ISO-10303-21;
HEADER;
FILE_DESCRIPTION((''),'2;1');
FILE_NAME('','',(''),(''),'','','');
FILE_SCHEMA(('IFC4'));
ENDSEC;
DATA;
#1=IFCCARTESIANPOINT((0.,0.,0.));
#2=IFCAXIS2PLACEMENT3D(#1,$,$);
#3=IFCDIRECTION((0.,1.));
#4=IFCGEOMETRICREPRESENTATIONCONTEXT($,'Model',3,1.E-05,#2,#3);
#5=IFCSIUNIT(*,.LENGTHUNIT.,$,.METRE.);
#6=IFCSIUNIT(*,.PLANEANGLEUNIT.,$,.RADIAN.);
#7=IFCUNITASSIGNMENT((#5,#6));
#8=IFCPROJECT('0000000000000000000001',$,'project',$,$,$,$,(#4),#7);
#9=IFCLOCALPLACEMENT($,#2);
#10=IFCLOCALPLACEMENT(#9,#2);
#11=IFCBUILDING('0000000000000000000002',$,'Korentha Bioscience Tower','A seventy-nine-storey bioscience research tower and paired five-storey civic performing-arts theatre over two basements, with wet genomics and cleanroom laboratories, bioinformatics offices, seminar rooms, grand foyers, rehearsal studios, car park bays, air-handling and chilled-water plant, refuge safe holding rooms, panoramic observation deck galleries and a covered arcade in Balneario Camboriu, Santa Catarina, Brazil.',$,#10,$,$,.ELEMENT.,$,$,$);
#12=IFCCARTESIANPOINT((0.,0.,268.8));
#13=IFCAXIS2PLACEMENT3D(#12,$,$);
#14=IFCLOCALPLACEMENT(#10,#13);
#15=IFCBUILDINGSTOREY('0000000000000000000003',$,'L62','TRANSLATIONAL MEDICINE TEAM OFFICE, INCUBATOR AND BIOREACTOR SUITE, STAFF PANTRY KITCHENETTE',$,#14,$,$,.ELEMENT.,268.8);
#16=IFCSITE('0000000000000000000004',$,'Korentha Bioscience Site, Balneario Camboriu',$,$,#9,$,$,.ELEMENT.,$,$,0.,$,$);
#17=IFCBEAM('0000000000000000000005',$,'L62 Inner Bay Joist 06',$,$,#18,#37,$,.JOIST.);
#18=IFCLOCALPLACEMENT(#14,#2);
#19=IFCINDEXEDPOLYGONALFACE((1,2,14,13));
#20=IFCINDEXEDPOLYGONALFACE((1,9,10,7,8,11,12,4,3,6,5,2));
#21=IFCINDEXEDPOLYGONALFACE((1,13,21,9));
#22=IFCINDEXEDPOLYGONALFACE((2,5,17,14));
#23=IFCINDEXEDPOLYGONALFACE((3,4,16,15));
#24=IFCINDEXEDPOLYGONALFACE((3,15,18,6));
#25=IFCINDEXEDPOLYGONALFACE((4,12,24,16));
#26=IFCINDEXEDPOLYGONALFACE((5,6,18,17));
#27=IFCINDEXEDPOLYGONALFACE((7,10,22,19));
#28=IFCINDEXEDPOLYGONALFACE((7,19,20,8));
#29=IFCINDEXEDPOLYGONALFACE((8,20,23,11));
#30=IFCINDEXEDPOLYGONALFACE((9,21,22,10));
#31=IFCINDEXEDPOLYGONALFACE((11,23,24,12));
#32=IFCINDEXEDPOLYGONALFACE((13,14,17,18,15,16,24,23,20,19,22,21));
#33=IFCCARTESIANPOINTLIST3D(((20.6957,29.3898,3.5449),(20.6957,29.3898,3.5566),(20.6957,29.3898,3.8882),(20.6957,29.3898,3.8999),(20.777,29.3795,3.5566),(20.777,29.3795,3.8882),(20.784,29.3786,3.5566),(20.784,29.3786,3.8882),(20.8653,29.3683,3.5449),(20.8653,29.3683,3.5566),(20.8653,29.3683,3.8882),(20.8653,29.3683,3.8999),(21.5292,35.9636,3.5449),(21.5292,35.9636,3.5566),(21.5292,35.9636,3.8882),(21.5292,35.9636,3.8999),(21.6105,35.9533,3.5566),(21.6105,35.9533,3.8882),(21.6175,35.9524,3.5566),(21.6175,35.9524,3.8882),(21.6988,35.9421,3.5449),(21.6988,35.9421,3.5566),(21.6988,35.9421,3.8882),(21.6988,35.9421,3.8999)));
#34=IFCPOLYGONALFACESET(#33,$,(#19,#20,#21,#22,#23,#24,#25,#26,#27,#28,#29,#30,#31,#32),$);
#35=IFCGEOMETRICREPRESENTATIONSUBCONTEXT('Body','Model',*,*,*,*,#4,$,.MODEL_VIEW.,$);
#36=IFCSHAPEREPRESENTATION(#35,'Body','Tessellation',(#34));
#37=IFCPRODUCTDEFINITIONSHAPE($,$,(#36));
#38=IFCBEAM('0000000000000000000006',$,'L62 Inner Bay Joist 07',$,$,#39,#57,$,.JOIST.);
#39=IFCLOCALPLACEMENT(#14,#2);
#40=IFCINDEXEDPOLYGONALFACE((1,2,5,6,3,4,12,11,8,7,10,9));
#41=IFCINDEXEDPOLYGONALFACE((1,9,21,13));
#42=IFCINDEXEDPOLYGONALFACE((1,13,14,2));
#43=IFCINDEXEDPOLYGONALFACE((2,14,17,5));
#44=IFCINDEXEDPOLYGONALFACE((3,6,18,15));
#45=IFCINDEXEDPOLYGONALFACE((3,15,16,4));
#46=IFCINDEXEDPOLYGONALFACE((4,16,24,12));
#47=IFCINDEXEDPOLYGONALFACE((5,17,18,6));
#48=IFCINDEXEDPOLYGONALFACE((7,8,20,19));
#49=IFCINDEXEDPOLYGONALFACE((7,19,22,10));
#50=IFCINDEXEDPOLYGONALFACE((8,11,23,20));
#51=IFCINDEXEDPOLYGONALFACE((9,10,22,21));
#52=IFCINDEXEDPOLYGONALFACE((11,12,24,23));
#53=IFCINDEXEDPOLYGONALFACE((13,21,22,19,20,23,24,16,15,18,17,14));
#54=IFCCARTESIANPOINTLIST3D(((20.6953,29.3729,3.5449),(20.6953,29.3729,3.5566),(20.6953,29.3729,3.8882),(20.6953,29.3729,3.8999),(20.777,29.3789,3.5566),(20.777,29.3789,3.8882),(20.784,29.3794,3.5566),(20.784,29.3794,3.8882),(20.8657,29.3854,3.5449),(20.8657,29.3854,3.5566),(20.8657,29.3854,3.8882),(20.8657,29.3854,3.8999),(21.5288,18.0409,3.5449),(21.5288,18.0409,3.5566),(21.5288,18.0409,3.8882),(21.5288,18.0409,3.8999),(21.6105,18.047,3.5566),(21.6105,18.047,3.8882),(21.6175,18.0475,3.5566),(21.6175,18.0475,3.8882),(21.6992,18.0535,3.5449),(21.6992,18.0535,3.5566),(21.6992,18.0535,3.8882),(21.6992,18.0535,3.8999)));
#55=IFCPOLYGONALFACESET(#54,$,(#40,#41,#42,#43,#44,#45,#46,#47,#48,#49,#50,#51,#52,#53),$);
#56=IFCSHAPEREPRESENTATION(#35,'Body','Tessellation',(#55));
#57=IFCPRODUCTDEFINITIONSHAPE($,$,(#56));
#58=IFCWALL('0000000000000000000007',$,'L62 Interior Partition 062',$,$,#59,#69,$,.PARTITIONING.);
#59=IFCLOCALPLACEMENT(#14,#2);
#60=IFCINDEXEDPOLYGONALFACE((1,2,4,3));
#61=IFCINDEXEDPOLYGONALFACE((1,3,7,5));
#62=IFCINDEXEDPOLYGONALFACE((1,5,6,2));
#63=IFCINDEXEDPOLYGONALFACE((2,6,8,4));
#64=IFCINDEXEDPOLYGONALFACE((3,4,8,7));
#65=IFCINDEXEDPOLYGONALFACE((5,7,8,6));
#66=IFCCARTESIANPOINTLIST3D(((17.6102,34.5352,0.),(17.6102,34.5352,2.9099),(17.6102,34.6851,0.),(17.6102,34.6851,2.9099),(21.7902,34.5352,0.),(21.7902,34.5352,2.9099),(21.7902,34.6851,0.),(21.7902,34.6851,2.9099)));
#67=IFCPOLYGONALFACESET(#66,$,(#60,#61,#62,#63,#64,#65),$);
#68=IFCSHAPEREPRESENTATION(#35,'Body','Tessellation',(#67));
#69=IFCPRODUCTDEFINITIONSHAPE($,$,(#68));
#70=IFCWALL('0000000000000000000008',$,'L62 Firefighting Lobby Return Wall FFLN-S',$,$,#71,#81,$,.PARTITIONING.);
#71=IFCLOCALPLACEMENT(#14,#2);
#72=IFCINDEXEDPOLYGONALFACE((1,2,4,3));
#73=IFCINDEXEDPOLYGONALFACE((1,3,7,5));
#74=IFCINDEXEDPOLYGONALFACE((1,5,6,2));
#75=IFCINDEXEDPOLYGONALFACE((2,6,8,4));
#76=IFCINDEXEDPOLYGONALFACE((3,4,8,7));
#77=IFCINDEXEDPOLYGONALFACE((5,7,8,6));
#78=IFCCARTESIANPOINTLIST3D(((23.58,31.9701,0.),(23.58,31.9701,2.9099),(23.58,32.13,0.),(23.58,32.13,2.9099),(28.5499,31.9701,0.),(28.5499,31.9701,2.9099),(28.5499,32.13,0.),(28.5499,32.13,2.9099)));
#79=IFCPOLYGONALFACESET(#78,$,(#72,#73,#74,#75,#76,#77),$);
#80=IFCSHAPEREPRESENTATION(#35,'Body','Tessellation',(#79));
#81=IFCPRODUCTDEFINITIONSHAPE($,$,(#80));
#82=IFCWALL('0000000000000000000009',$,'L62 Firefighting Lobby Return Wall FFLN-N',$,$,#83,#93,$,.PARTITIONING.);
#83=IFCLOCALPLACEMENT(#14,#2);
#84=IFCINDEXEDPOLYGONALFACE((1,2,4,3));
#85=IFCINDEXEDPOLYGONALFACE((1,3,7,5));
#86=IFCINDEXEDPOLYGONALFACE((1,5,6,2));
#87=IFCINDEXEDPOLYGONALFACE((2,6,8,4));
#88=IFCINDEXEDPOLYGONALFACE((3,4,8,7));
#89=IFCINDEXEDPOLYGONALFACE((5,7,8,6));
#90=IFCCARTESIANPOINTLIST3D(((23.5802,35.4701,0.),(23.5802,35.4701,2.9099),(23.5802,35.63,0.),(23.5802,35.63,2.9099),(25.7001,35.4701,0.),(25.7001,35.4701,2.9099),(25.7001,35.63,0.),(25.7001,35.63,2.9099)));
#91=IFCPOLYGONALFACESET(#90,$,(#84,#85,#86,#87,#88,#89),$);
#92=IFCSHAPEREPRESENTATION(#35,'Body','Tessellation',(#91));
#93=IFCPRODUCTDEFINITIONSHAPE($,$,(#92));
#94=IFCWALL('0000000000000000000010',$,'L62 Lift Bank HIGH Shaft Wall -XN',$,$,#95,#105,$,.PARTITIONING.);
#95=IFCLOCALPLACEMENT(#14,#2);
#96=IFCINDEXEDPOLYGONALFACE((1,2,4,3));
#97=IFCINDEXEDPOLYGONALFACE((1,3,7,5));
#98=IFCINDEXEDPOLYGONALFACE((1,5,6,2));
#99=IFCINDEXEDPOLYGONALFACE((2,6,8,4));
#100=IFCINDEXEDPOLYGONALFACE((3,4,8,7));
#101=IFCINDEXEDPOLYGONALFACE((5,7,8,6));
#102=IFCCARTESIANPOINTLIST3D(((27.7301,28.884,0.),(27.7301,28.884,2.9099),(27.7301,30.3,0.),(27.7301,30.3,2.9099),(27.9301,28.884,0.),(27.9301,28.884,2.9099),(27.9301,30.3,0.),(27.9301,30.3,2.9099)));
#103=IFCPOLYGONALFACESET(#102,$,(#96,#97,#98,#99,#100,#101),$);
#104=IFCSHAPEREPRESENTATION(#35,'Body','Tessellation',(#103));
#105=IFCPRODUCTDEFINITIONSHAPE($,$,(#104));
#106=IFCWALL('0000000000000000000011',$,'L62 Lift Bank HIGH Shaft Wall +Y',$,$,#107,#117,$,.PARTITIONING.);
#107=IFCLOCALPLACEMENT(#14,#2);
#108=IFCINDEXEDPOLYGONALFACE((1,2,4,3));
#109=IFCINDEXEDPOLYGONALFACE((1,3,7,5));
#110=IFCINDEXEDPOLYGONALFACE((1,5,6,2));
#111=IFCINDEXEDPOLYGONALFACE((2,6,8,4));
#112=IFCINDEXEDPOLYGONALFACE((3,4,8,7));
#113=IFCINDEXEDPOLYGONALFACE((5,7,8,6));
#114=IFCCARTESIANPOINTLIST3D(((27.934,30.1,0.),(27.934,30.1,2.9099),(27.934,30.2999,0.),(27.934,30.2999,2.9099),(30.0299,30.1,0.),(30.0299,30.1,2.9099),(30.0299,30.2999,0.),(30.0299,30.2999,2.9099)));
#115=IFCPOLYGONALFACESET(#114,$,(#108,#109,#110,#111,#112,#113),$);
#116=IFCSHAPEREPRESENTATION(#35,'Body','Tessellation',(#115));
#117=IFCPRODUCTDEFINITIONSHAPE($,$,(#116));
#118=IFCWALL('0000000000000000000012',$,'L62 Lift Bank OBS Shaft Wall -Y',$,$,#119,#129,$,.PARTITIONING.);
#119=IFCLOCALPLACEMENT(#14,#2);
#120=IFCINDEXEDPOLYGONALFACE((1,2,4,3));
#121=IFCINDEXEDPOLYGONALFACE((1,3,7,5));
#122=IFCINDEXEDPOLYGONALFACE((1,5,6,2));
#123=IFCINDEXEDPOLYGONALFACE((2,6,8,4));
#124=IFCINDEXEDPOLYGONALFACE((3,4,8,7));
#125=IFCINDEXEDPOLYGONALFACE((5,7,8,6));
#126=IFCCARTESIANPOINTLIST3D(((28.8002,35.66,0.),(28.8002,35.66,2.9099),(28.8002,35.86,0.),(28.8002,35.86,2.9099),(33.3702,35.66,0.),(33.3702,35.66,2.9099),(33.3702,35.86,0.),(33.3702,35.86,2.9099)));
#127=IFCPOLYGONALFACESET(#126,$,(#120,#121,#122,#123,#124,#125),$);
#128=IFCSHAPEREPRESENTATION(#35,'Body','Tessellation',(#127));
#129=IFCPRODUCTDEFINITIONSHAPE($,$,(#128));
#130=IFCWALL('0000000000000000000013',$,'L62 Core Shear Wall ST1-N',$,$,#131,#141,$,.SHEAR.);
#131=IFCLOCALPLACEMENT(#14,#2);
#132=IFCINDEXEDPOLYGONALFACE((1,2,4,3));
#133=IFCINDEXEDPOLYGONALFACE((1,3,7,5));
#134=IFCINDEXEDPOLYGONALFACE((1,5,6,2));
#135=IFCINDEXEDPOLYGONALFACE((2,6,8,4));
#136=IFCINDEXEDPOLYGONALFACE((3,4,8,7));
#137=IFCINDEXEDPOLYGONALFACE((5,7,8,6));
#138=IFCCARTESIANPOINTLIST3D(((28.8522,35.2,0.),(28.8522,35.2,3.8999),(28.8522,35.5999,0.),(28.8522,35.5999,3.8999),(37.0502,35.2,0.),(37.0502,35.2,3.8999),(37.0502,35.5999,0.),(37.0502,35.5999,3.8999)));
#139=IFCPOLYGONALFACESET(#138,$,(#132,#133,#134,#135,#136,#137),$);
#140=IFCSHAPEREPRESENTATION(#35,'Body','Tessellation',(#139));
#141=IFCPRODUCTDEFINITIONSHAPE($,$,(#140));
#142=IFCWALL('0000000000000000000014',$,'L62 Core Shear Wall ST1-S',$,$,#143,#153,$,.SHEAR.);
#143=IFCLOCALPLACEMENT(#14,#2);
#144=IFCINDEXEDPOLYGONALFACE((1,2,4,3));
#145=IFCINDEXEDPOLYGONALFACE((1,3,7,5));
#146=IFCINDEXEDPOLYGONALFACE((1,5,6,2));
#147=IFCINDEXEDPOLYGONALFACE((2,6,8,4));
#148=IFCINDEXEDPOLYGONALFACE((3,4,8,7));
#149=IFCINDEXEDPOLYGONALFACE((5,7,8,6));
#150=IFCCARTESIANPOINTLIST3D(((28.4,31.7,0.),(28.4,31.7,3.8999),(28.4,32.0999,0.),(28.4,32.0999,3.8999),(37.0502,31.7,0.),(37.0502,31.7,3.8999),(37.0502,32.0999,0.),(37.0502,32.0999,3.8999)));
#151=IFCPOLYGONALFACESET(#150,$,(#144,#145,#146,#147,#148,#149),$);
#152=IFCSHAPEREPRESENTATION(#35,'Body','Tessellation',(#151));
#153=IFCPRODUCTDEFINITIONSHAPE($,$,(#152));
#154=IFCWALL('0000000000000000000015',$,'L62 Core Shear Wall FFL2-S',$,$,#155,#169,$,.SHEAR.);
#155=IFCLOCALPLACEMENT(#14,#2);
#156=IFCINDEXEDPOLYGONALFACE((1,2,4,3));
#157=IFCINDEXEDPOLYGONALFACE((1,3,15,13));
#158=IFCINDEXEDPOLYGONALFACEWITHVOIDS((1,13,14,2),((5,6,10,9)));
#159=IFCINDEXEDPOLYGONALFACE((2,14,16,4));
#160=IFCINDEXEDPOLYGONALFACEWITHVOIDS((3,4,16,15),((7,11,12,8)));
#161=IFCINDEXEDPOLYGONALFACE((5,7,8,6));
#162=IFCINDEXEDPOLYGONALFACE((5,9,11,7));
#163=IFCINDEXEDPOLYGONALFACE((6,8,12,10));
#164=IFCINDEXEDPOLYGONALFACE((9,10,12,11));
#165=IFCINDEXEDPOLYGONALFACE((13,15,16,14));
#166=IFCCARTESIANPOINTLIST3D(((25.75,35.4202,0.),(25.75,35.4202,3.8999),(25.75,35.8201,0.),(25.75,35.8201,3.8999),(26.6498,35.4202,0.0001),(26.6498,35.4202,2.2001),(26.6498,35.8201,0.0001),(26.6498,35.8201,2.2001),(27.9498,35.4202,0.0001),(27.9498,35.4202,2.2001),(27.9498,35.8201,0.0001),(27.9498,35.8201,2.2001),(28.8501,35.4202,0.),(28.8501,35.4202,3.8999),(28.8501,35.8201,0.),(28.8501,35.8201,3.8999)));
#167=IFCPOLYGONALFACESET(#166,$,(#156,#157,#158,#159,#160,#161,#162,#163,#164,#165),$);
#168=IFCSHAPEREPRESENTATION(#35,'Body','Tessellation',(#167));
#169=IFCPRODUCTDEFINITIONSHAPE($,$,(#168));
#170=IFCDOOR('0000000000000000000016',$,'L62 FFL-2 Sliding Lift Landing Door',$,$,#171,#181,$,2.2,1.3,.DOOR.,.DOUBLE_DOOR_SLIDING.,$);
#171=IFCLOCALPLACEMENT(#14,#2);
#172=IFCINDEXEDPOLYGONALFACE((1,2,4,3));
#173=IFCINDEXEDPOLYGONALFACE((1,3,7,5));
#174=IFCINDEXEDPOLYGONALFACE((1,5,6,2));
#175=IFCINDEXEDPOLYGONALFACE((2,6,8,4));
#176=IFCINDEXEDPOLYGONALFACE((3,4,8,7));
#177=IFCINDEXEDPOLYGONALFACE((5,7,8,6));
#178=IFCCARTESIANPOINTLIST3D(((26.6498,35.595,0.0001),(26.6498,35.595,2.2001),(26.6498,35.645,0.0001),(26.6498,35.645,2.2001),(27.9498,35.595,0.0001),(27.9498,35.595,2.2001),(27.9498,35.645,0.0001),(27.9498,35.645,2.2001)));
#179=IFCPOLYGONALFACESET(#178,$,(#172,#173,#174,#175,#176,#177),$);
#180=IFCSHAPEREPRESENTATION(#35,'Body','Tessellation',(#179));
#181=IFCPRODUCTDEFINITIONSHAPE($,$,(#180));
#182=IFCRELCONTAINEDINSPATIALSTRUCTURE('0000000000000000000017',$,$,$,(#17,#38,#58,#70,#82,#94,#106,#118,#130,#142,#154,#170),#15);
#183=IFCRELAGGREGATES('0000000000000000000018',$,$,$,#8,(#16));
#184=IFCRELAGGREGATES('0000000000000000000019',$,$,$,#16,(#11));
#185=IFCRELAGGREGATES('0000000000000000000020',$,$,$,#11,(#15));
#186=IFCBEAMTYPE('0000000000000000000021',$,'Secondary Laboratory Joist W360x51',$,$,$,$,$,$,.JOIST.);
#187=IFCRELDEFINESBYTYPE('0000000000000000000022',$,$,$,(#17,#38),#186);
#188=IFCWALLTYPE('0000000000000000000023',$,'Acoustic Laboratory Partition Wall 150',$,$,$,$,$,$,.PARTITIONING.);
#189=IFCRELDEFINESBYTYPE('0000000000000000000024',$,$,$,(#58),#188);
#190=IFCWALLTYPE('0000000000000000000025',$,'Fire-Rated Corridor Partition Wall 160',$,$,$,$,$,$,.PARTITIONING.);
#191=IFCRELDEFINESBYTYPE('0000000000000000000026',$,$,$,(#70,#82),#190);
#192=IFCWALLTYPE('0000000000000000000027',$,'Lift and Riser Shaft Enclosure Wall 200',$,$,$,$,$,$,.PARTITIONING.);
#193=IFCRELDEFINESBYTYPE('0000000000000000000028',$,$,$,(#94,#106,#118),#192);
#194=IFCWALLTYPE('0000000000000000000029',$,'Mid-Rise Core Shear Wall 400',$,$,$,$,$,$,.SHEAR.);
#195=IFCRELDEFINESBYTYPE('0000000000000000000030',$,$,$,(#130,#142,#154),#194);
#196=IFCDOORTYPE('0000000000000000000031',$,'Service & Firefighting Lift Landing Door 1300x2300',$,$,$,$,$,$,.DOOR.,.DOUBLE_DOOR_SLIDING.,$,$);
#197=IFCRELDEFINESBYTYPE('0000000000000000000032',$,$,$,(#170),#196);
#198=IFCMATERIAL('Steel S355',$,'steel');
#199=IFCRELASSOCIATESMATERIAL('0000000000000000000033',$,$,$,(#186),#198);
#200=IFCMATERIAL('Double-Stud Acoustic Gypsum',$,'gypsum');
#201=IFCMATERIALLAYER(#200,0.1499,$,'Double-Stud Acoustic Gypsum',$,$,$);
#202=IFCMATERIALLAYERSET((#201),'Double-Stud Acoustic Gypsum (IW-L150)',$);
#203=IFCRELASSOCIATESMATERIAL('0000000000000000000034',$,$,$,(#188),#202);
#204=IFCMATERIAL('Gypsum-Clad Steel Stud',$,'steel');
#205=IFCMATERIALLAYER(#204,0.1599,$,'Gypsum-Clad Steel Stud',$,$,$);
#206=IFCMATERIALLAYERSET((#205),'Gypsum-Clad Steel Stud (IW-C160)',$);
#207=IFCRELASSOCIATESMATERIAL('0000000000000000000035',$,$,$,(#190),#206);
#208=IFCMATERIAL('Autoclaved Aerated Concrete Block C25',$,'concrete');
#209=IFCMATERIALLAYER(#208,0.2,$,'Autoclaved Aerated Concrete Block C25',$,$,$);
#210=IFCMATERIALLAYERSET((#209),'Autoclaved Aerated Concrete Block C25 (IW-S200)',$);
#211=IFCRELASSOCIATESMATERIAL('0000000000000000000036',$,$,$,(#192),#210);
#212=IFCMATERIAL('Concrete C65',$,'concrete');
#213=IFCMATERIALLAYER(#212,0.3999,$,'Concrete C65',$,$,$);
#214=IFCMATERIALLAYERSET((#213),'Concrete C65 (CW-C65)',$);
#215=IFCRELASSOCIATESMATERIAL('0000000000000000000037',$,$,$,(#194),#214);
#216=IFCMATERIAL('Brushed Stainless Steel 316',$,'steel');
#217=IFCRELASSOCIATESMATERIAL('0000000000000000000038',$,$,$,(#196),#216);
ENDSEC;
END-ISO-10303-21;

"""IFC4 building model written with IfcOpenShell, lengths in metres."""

from ifc_helpers import new_model, si_unit, direction, frame, frame_2d, origin, origin_2d, place, context, subcontext, project, spatial, rectangle, i_section, extrude, material, layer, layer_set, material_profile, profile_set, type_object, element, fill, save


model = new_model("IFC4")

# Units and contexts
model_context = context("Model", 3, precision=1e-05, world=origin(), true_north=direction((0.0, 1.0)))
body_context = subcontext(model_context, "Body", "Model", "MODEL_VIEW")
ifc_project = project(units=[si_unit("LENGTHUNIT", "METRE"), si_unit("PLANEANGLEUNIT", "RADIAN")], contexts=[model_context])

# Site, building, storey
site_placement = place(None, origin())
site = spatial("IfcSite", under=ifc_project, at=site_placement, Name="Korentha Bioscience Site, Balneario Camboriu", CompositionType="ELEMENT", RefElevation=0.0)
building_placement = place(site_placement, origin())
building = spatial("IfcBuilding", under=site, at=building_placement, Name="Korentha Bioscience Tower", Description="A seventy-nine-storey bioscience research tower and paired five-storey civic performing-arts theatre over two basements, with wet genomics and cleanroom laboratories, bioinformatics offices, seminar rooms, grand foyers, rehearsal studios, car park bays, air-handling and chilled-water plant, refuge safe holding rooms, panoramic observation deck galleries and a covered arcade in Balneario Camboriu, Santa Catarina, Brazil.", CompositionType="ELEMENT")
storey_placement = place(building_placement, frame((0.0, 0.0, 268.8)))
storey = spatial("IfcBuildingStorey", under=building, at=storey_placement, Name="L62", Description="TRANSLATIONAL MEDICINE TEAM OFFICE, INCUBATOR AND BIOREACTOR SUITE, STAFF PANTRY KITCHENETTE", CompositionType="ELEMENT", Elevation=268.8)

# Shared definitions
ifc_material_1 = material(Name="Concrete C65", Category="concrete")

# Beams
ifc_material_2 = material(Name="Steel S355", Category="steel")
ifc_material_profile_1 = material_profile(ifc_material_2, i_section(OverallWidth=0.1709, OverallDepth=0.355, WebThickness=0.0071, FlangeThickness=0.0117, at=origin_2d()), Name="Steel S355")
ifc_profile_set_1 = profile_set([ifc_material_profile_1], Name="Steel S355 (JB-360)")
beam_type_1 = type_object("IfcBeamType", Name="Secondary Laboratory Joist W360x51", PredefinedType="JOIST", material=ifc_profile_set_1)
beam_1_placement = place(storey_placement, frame((21.614, 35.9529, 3.7224), z_axis=(-0.125785, -0.992058, 0.0), x_axis=(0.992058, -0.125785, 0.0)))
element("IfcBeam", 1, at=beam_1_placement, inside=storey, type_object=beam_type_1, Name="L62 Inner Bay Joist 06", PredefinedType="JOIST", context=body_context, shape_type="SweptSolid", body=[
    extrude(i_section(OverallWidth=0.1709, OverallDepth=0.355, WebThickness=0.0071, FlangeThickness=0.0117, at=origin_2d()), origin(), (0.0, 0.0, 1.0), 6.6265),
])
beam_2_placement = place(storey_placement, frame((20.7805, 29.3792, 3.7224), z_axis=(0.073354, -0.997306, 0.0), x_axis=(0.997306, 0.073354, 0.0)))
element("IfcBeam", 2, at=beam_2_placement, inside=storey, type_object=beam_type_1, Name="L62 Inner Bay Joist 07", PredefinedType="JOIST", context=body_context, shape_type="SweptSolid", body=[
    extrude(i_section(OverallWidth=0.1709, OverallDepth=0.355, WebThickness=0.0071, FlangeThickness=0.0117, at=origin_2d()), origin(), (0.0, 0.0, 1.0), 11.3625),
])

# Wall
ifc_material_3 = material(Name="Double-Stud Acoustic Gypsum", Category="gypsum")
ifc_layer_1 = layer(ifc_material_3, 0.1499, Name="Double-Stud Acoustic Gypsum")
ifc_layer_set_1 = layer_set([ifc_layer_1], Name="Double-Stud Acoustic Gypsum (IW-L150)")
wall_type_1 = type_object("IfcWallType", Name="Acoustic Laboratory Partition Wall 150", PredefinedType="PARTITIONING", material=ifc_layer_set_1)
wall_1_placement = place(storey_placement, frame((21.79, 34.6101, 0.0), z_axis=(0.0, 0.0, 1.0), x_axis=(-1.0, 0.0, 0.0)))
element("IfcWall", 3, at=wall_1_placement, inside=storey, type_object=wall_type_1, Name="L62 Interior Partition 062", PredefinedType="PARTITIONING", context=body_context, shape_type="SweptSolid", body=[
    extrude(rectangle(XDim=4.1799, YDim=0.1499, at=frame_2d((2.0898, 0.0))), origin(), (0.0, 0.0, 1.0), 2.9099),
])

# Shared definitions
ifc_material_4 = material(Name="Gypsum-Clad Steel Stud", Category="steel")
ifc_layer_2 = layer(ifc_material_4, 0.1599, Name="Gypsum-Clad Steel Stud")
ifc_layer_set_2 = layer_set([ifc_layer_2], Name="Gypsum-Clad Steel Stud (IW-C160)")
wall_type_2 = type_object("IfcWallType", Name="Fire-Rated Corridor Partition Wall 160", PredefinedType="PARTITIONING", material=ifc_layer_set_2)

# Walls
wall_2_placement = place(storey_placement, frame((23.5801, 32.05, 0.0), z_axis=(0.0, 0.0, 1.0), x_axis=(1.0, 0.0, 0.0)))
element("IfcWall", 4, at=wall_2_placement, inside=storey, type_object=wall_type_2, Name="L62 Firefighting Lobby Return Wall FFLN-S", PredefinedType="PARTITIONING", context=body_context, shape_type="SweptSolid", body=[
    extrude(rectangle(XDim=4.97, YDim=0.1599, at=frame_2d((2.4849, 0.0))), origin(), (0.0, 0.0, 1.0), 2.9099),
])
wall_3_placement = place(storey_placement, frame((23.5801, 35.55, 0.0), z_axis=(0.0, 0.0, 1.0), x_axis=(1.0, 0.0, 0.0)))
element("IfcWall", 5, at=wall_3_placement, inside=storey, type_object=wall_type_2, Name="L62 Firefighting Lobby Return Wall FFLN-N", PredefinedType="PARTITIONING", context=body_context, shape_type="SweptSolid", body=[
    extrude(rectangle(XDim=2.1199, YDim=0.1599, at=frame_2d((1.0601, 0.0))), origin(), (0.0, 0.0, 1.0), 2.9099),
])
ifc_material_5 = material(Name="Autoclaved Aerated Concrete Block C25", Category="concrete")
ifc_layer_3 = layer(ifc_material_5, 0.2, Name="Autoclaved Aerated Concrete Block C25")
ifc_layer_set_3 = layer_set([ifc_layer_3], Name="Autoclaved Aerated Concrete Block C25 (IW-S200)")
wall_type_3 = type_object("IfcWallType", Name="Lift and Riser Shaft Enclosure Wall 200", PredefinedType="PARTITIONING", material=ifc_layer_set_3)
wall_4_placement = place(storey_placement, frame((27.8301, 28.884, 0.0), z_axis=(0.0, 0.0, 1.0), x_axis=(0.0, 1.0, 0.0)))
element("IfcWall", 6, at=wall_4_placement, inside=storey, type_object=wall_type_3, Name="L62 Lift Bank HIGH Shaft Wall -XN", PredefinedType="PARTITIONING", context=body_context, shape_type="SweptSolid", body=[
    extrude(rectangle(XDim=1.416, YDim=0.2, at=frame_2d((0.708, 0.0))), origin(), (0.0, 0.0, 1.0), 2.9099),
])
wall_5_placement = place(storey_placement, frame((27.9341, 30.2, 0.0), z_axis=(0.0, 0.0, 1.0), x_axis=(1.0, 0.0, 0.0)))
element("IfcWall", 7, at=wall_5_placement, inside=storey, type_object=wall_type_3, Name="L62 Lift Bank HIGH Shaft Wall +Y", PredefinedType="PARTITIONING", context=body_context, shape_type="SweptSolid", body=[
    extrude(rectangle(XDim=2.0959, YDim=0.2, at=frame_2d((1.0479, 0.0))), origin(), (0.0, 0.0, 1.0), 2.9099),
])
wall_6_placement = place(storey_placement, frame((28.8, 35.76, 0.0), z_axis=(0.0, 0.0, 1.0), x_axis=(1.0, 0.0, 0.0)))
element("IfcWall", 8, at=wall_6_placement, inside=storey, type_object=wall_type_3, Name="L62 Lift Bank OBS Shaft Wall -Y", PredefinedType="PARTITIONING", context=body_context, shape_type="SweptSolid", body=[
    extrude(rectangle(XDim=4.5701, YDim=0.2, at=frame_2d((2.2852, 0.0))), origin(), (0.0, 0.0, 1.0), 2.9099),
])
ifc_layer_4 = layer(ifc_material_1, 0.3999, Name="Concrete C65")
ifc_layer_set_4 = layer_set([ifc_layer_4], Name="Concrete C65 (CW-C65)")
wall_type_4 = type_object("IfcWallType", Name="Mid-Rise Core Shear Wall 400", PredefinedType="SHEAR", material=ifc_layer_set_4)
wall_7_placement = place(storey_placement, frame((28.8521, 35.3999, 0.0), z_axis=(0.0, 0.0, 1.0), x_axis=(1.0, 0.0, 0.0)))
element("IfcWall", 9, at=wall_7_placement, inside=storey, type_object=wall_type_4, Name="L62 Core Shear Wall ST1-N", PredefinedType="SHEAR", context=body_context, shape_type="SweptSolid", body=[
    extrude(rectangle(XDim=8.198, YDim=0.3999, at=frame_2d((4.0991, 0.0))), origin(), (0.0, 0.0, 1.0), 3.8999),
])
wall_8_placement = place(storey_placement, frame((28.3999, 31.8999, 0.0), z_axis=(0.0, 0.0, 1.0), x_axis=(1.0, 0.0, 0.0)))
element("IfcWall", 10, at=wall_8_placement, inside=storey, type_object=wall_type_4, Name="L62 Core Shear Wall ST1-S", PredefinedType="SHEAR", context=body_context, shape_type="SweptSolid", body=[
    extrude(rectangle(XDim=8.6501, YDim=0.3999, at=frame_2d((4.3252, 0.0))), origin(), (0.0, 0.0, 1.0), 3.8999),
])

# Wall, opening, door
wall_9_placement = place(storey_placement, frame((25.75, 35.6201, 0.0), z_axis=(0.0, 0.0, 1.0), x_axis=(1.0, 0.0, 0.0)))
wall_9 = element("IfcWall", 11, at=wall_9_placement, inside=storey, type_object=wall_type_4, Name="L62 Core Shear Wall FFL2-S", PredefinedType="SHEAR", context=body_context, shape_type="SweptSolid", body=[
    extrude(rectangle(XDim=3.1001, YDim=0.3999, at=frame_2d((1.55, 0.0))), origin(), (0.0, 0.0, 1.0), 3.8999),
])
opening_1_placement = place(wall_9_placement, frame((0.8999, 0.0, 0.0)))
opening_1 = element("IfcOpeningElement", 12, at=opening_1_placement, cuts=wall_9, PredefinedType="OPENING", context=body_context, shape_type="SweptSolid", body=[
    extrude(rectangle(XDim=1.3, YDim=2.2, at=frame_2d((0.6499, 1.1001))), frame((0.0, 0.2148, 0.0), z_axis=(0.0, -1.0, 0.0), x_axis=(1.0, 0.0, 0.0)), (0.0, 0.0, 1.0), 0.4297),
])
ifc_material_6 = material(Name="Brushed Stainless Steel 316", Category="steel")
door_type_1 = type_object("IfcDoorType", Name="Service & Firefighting Lift Landing Door 1300x2300", OperationType="DOUBLE_DOOR_SLIDING", PredefinedType="DOOR", material=ifc_material_6)
door_1_placement = place(opening_1_placement, origin())
door_1 = element("IfcDoor", 13, at=door_1_placement, inside=storey, type_object=door_type_1, Name="L62 FFL-2 Sliding Lift Landing Door", OperationType="DOUBLE_DOOR_SLIDING", OverallHeight=2.2, OverallWidth=1.3, PredefinedType="DOOR", context=body_context, shape_type="SweptSolid", body=[
    extrude(rectangle(XDim=1.3, YDim=2.2, at=frame_2d((0.6499, 1.1001))), frame((0.0, 0.0249, 0.0), z_axis=(0.0, -1.0, 0.0), x_axis=(1.0, 0.0, 0.0)), (0.0, 0.0, 1.0), 0.05),
])
fill(opening_1, door_1)

save(model, "model.ifc")
